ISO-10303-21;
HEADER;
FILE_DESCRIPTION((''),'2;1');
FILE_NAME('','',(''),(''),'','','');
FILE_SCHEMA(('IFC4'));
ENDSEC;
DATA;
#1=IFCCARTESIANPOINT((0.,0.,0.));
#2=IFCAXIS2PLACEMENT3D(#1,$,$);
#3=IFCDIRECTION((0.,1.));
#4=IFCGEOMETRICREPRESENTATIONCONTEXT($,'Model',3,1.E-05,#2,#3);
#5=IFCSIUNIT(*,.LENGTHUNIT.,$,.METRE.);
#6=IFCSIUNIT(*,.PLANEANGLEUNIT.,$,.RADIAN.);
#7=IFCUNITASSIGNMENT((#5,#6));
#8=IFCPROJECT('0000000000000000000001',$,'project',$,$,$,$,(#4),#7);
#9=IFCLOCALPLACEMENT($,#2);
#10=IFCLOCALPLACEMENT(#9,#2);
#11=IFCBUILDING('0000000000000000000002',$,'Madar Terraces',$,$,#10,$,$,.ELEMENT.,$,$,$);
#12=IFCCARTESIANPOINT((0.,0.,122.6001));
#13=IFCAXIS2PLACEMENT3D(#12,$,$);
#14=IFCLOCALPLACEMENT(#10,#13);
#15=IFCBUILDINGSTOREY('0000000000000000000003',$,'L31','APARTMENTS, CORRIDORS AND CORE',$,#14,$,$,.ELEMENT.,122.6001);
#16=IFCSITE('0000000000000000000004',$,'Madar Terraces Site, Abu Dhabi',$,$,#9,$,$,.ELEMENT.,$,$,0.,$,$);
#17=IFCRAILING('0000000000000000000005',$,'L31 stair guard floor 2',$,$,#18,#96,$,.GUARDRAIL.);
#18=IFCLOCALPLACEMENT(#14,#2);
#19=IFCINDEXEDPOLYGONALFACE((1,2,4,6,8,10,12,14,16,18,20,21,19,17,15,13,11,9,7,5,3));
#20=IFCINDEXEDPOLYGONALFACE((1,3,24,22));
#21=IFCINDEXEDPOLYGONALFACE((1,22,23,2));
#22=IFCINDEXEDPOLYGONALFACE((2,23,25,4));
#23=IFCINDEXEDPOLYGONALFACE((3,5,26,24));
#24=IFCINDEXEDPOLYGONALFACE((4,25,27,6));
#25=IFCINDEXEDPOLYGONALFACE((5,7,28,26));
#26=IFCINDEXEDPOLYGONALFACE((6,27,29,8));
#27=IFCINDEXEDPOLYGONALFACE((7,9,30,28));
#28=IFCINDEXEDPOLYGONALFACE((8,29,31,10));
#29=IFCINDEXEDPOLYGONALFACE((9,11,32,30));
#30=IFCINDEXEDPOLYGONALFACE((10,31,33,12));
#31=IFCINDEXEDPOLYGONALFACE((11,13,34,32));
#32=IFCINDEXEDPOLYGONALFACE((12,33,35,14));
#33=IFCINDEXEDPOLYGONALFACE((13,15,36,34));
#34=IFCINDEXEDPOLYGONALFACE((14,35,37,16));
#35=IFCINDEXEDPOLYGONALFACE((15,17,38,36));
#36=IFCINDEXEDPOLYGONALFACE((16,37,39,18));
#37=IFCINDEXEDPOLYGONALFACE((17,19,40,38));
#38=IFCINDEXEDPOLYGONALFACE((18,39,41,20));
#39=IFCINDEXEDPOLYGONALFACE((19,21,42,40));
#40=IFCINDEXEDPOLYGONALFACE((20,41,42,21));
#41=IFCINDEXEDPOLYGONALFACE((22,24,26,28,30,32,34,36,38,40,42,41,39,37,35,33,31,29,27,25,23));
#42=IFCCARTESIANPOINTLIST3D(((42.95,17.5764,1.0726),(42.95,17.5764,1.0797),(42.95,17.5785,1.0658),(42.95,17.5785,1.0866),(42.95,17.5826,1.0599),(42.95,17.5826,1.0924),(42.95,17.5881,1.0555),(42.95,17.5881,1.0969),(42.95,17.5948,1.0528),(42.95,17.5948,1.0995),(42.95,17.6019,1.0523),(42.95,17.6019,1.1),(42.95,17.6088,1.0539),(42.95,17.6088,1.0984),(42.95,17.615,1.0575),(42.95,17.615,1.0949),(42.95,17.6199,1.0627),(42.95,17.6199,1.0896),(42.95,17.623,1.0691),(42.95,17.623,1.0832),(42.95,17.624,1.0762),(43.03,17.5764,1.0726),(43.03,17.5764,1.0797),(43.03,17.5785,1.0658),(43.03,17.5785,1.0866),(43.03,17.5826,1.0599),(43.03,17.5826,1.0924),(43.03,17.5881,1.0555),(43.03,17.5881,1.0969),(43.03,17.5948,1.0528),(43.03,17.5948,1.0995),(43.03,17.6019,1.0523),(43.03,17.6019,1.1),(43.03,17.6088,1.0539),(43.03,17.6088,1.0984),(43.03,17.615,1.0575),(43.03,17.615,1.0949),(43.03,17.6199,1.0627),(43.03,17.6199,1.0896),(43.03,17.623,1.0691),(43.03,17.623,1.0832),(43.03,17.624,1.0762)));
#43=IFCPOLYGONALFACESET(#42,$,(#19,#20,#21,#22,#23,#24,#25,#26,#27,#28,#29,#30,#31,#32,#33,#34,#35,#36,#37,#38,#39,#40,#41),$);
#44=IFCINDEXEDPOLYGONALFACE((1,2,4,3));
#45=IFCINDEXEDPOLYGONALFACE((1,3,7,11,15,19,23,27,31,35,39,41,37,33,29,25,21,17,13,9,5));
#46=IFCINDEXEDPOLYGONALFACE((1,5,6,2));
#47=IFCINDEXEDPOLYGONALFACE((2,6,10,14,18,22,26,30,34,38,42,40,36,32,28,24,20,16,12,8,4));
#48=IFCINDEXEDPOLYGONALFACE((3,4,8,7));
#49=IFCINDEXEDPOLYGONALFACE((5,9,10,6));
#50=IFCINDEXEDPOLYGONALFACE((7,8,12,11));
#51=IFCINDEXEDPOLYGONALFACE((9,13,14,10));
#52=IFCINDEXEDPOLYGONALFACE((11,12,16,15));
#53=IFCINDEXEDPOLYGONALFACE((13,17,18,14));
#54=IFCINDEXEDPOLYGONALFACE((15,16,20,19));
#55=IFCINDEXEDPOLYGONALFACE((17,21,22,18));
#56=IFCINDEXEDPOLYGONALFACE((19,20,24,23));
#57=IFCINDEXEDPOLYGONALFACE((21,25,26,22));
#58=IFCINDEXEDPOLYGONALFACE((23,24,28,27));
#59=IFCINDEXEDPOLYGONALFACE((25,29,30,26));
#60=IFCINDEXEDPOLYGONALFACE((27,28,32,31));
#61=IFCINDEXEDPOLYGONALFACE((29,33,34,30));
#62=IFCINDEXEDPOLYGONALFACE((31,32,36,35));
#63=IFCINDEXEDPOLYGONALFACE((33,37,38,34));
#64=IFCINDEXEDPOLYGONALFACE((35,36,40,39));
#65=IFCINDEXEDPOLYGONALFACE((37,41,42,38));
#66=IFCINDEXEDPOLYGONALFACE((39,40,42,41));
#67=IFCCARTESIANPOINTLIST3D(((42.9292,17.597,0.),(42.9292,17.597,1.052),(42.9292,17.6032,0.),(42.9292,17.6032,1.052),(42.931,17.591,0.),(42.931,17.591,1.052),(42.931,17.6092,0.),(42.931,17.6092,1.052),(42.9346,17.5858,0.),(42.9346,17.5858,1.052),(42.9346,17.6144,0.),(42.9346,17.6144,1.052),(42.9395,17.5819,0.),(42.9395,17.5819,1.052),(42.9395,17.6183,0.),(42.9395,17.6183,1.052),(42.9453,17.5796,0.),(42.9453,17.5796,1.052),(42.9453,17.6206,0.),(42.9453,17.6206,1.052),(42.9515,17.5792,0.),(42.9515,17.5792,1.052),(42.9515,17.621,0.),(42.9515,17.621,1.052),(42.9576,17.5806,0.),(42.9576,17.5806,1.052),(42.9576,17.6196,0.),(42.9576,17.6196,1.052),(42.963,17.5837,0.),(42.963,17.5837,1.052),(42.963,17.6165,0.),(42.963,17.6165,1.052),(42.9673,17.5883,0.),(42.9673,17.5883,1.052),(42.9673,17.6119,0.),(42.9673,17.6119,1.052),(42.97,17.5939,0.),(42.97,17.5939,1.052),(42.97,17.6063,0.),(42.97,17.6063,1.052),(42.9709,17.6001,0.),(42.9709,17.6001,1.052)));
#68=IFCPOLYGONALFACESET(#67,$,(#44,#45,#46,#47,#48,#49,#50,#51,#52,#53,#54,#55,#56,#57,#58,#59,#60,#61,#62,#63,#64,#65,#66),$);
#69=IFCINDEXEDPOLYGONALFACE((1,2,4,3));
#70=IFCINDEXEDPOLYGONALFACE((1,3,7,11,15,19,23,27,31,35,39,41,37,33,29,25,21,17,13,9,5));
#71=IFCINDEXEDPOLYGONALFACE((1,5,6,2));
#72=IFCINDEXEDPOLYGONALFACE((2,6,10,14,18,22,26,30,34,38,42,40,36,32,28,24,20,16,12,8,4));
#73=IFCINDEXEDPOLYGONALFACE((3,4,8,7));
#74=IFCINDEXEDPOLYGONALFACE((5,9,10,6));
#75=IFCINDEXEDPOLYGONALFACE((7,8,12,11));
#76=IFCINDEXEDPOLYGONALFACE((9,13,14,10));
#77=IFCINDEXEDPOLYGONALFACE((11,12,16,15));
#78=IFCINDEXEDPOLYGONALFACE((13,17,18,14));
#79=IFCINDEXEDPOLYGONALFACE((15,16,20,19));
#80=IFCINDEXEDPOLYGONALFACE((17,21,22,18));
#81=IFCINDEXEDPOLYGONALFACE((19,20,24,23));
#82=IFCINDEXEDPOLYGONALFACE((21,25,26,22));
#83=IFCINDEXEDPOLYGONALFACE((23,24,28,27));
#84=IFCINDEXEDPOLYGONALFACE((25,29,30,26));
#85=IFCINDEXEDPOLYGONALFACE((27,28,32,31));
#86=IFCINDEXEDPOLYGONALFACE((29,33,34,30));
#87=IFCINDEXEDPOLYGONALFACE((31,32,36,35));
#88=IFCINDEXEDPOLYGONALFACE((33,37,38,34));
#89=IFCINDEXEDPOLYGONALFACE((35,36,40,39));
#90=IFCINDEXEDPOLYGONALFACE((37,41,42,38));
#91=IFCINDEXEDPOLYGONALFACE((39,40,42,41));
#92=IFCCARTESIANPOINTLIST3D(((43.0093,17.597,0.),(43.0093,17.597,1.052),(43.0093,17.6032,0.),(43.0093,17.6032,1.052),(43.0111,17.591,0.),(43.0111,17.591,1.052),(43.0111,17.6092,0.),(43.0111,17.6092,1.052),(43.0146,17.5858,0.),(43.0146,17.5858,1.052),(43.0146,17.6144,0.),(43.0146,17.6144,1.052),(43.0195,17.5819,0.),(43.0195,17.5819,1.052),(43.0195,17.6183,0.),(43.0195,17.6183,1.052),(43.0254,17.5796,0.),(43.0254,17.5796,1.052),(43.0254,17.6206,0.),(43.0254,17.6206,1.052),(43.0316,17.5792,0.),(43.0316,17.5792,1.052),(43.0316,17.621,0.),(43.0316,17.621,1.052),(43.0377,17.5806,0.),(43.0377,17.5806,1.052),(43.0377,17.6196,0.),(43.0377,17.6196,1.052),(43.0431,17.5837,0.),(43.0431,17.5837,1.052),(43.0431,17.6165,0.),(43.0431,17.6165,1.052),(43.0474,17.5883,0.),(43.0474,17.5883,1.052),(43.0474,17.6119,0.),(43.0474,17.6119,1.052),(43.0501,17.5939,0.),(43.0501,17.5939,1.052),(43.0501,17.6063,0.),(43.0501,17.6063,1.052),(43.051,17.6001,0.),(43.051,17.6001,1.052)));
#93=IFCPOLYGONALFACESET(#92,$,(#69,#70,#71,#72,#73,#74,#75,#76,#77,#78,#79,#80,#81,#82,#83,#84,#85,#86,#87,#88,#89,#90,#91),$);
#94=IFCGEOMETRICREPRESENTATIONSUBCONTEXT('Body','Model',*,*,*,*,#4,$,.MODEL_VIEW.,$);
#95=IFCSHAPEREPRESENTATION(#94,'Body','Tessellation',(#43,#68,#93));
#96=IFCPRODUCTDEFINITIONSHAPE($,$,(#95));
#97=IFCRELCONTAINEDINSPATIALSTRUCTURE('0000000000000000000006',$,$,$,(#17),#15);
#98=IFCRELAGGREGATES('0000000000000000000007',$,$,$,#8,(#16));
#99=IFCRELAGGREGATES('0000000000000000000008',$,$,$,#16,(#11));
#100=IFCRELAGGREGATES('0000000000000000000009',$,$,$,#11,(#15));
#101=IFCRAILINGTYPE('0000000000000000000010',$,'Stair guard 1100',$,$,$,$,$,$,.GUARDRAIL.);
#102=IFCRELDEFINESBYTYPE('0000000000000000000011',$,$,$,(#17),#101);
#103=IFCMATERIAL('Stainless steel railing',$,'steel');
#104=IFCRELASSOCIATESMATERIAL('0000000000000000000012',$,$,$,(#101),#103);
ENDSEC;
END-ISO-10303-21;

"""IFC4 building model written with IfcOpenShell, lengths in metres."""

from ifc_helpers import new_model, si_unit, direction, frame, origin, origin_2d, place, context, subcontext, project, spatial, circle, extrude, material, type_object, element, save


model = new_model("IFC4")

# Units and contexts
model_context = context("Model", 3, precision=1e-05, world=origin(), true_north=direction((0.0, 1.0)))
body_context = subcontext(model_context, "Body", "Model", "MODEL_VIEW")
ifc_project = project(units=[si_unit("LENGTHUNIT", "METRE"), si_unit("PLANEANGLEUNIT", "RADIAN")], contexts=[model_context])

# Site, building, storey
site_placement = place(None, origin())
site = spatial("IfcSite", under=ifc_project, at=site_placement, Name="Madar Terraces Site, Abu Dhabi", CompositionType="ELEMENT", RefElevation=0.0)
building_placement = place(site_placement, origin())
building = spatial("IfcBuilding", under=site, at=building_placement, Name="Madar Terraces", CompositionType="ELEMENT")
storey_placement = place(building_placement, frame((0.0, 0.0, 122.6001)))
storey = spatial("IfcBuildingStorey", under=building, at=storey_placement, Name="L31", Description="APARTMENTS, CORRIDORS AND CORE", CompositionType="ELEMENT", Elevation=122.6001)

# Railing
ifc_material_1 = material(Name="Stainless steel railing", Category="steel")
railing_type_1 = type_object("IfcRailingType", Name="Stair guard 1100", PredefinedType="GUARDRAIL", material=ifc_material_1)
railing_1_placement = place(storey_placement, frame((42.95, 17.6001, 0.0)))
element("IfcRailing", 1, at=railing_1_placement, inside=storey, type_object=railing_type_1, Name="L31 stair guard floor 2", PredefinedType="GUARDRAIL", context=body_context, shape_type="SweptSolid", body=[
    extrude(circle(Radius=0.0239, at=origin_2d()), frame((0.0, 0.0, 1.0762), z_axis=(1.0, 0.0, 0.0), x_axis=(0.0, 1.0, 0.0)), (0.0, 0.0, 1.0), 0.0801),
    extrude(circle(Radius=0.021, at=origin_2d()), origin(), (0.0, 0.0, 1.0), 1.052),
    extrude(circle(Radius=0.021, at=origin_2d()), frame((0.0801, 0.0, 0.0)), (0.0, 0.0, 1.0), 1.052),
])

save(model, "model.ifc")
